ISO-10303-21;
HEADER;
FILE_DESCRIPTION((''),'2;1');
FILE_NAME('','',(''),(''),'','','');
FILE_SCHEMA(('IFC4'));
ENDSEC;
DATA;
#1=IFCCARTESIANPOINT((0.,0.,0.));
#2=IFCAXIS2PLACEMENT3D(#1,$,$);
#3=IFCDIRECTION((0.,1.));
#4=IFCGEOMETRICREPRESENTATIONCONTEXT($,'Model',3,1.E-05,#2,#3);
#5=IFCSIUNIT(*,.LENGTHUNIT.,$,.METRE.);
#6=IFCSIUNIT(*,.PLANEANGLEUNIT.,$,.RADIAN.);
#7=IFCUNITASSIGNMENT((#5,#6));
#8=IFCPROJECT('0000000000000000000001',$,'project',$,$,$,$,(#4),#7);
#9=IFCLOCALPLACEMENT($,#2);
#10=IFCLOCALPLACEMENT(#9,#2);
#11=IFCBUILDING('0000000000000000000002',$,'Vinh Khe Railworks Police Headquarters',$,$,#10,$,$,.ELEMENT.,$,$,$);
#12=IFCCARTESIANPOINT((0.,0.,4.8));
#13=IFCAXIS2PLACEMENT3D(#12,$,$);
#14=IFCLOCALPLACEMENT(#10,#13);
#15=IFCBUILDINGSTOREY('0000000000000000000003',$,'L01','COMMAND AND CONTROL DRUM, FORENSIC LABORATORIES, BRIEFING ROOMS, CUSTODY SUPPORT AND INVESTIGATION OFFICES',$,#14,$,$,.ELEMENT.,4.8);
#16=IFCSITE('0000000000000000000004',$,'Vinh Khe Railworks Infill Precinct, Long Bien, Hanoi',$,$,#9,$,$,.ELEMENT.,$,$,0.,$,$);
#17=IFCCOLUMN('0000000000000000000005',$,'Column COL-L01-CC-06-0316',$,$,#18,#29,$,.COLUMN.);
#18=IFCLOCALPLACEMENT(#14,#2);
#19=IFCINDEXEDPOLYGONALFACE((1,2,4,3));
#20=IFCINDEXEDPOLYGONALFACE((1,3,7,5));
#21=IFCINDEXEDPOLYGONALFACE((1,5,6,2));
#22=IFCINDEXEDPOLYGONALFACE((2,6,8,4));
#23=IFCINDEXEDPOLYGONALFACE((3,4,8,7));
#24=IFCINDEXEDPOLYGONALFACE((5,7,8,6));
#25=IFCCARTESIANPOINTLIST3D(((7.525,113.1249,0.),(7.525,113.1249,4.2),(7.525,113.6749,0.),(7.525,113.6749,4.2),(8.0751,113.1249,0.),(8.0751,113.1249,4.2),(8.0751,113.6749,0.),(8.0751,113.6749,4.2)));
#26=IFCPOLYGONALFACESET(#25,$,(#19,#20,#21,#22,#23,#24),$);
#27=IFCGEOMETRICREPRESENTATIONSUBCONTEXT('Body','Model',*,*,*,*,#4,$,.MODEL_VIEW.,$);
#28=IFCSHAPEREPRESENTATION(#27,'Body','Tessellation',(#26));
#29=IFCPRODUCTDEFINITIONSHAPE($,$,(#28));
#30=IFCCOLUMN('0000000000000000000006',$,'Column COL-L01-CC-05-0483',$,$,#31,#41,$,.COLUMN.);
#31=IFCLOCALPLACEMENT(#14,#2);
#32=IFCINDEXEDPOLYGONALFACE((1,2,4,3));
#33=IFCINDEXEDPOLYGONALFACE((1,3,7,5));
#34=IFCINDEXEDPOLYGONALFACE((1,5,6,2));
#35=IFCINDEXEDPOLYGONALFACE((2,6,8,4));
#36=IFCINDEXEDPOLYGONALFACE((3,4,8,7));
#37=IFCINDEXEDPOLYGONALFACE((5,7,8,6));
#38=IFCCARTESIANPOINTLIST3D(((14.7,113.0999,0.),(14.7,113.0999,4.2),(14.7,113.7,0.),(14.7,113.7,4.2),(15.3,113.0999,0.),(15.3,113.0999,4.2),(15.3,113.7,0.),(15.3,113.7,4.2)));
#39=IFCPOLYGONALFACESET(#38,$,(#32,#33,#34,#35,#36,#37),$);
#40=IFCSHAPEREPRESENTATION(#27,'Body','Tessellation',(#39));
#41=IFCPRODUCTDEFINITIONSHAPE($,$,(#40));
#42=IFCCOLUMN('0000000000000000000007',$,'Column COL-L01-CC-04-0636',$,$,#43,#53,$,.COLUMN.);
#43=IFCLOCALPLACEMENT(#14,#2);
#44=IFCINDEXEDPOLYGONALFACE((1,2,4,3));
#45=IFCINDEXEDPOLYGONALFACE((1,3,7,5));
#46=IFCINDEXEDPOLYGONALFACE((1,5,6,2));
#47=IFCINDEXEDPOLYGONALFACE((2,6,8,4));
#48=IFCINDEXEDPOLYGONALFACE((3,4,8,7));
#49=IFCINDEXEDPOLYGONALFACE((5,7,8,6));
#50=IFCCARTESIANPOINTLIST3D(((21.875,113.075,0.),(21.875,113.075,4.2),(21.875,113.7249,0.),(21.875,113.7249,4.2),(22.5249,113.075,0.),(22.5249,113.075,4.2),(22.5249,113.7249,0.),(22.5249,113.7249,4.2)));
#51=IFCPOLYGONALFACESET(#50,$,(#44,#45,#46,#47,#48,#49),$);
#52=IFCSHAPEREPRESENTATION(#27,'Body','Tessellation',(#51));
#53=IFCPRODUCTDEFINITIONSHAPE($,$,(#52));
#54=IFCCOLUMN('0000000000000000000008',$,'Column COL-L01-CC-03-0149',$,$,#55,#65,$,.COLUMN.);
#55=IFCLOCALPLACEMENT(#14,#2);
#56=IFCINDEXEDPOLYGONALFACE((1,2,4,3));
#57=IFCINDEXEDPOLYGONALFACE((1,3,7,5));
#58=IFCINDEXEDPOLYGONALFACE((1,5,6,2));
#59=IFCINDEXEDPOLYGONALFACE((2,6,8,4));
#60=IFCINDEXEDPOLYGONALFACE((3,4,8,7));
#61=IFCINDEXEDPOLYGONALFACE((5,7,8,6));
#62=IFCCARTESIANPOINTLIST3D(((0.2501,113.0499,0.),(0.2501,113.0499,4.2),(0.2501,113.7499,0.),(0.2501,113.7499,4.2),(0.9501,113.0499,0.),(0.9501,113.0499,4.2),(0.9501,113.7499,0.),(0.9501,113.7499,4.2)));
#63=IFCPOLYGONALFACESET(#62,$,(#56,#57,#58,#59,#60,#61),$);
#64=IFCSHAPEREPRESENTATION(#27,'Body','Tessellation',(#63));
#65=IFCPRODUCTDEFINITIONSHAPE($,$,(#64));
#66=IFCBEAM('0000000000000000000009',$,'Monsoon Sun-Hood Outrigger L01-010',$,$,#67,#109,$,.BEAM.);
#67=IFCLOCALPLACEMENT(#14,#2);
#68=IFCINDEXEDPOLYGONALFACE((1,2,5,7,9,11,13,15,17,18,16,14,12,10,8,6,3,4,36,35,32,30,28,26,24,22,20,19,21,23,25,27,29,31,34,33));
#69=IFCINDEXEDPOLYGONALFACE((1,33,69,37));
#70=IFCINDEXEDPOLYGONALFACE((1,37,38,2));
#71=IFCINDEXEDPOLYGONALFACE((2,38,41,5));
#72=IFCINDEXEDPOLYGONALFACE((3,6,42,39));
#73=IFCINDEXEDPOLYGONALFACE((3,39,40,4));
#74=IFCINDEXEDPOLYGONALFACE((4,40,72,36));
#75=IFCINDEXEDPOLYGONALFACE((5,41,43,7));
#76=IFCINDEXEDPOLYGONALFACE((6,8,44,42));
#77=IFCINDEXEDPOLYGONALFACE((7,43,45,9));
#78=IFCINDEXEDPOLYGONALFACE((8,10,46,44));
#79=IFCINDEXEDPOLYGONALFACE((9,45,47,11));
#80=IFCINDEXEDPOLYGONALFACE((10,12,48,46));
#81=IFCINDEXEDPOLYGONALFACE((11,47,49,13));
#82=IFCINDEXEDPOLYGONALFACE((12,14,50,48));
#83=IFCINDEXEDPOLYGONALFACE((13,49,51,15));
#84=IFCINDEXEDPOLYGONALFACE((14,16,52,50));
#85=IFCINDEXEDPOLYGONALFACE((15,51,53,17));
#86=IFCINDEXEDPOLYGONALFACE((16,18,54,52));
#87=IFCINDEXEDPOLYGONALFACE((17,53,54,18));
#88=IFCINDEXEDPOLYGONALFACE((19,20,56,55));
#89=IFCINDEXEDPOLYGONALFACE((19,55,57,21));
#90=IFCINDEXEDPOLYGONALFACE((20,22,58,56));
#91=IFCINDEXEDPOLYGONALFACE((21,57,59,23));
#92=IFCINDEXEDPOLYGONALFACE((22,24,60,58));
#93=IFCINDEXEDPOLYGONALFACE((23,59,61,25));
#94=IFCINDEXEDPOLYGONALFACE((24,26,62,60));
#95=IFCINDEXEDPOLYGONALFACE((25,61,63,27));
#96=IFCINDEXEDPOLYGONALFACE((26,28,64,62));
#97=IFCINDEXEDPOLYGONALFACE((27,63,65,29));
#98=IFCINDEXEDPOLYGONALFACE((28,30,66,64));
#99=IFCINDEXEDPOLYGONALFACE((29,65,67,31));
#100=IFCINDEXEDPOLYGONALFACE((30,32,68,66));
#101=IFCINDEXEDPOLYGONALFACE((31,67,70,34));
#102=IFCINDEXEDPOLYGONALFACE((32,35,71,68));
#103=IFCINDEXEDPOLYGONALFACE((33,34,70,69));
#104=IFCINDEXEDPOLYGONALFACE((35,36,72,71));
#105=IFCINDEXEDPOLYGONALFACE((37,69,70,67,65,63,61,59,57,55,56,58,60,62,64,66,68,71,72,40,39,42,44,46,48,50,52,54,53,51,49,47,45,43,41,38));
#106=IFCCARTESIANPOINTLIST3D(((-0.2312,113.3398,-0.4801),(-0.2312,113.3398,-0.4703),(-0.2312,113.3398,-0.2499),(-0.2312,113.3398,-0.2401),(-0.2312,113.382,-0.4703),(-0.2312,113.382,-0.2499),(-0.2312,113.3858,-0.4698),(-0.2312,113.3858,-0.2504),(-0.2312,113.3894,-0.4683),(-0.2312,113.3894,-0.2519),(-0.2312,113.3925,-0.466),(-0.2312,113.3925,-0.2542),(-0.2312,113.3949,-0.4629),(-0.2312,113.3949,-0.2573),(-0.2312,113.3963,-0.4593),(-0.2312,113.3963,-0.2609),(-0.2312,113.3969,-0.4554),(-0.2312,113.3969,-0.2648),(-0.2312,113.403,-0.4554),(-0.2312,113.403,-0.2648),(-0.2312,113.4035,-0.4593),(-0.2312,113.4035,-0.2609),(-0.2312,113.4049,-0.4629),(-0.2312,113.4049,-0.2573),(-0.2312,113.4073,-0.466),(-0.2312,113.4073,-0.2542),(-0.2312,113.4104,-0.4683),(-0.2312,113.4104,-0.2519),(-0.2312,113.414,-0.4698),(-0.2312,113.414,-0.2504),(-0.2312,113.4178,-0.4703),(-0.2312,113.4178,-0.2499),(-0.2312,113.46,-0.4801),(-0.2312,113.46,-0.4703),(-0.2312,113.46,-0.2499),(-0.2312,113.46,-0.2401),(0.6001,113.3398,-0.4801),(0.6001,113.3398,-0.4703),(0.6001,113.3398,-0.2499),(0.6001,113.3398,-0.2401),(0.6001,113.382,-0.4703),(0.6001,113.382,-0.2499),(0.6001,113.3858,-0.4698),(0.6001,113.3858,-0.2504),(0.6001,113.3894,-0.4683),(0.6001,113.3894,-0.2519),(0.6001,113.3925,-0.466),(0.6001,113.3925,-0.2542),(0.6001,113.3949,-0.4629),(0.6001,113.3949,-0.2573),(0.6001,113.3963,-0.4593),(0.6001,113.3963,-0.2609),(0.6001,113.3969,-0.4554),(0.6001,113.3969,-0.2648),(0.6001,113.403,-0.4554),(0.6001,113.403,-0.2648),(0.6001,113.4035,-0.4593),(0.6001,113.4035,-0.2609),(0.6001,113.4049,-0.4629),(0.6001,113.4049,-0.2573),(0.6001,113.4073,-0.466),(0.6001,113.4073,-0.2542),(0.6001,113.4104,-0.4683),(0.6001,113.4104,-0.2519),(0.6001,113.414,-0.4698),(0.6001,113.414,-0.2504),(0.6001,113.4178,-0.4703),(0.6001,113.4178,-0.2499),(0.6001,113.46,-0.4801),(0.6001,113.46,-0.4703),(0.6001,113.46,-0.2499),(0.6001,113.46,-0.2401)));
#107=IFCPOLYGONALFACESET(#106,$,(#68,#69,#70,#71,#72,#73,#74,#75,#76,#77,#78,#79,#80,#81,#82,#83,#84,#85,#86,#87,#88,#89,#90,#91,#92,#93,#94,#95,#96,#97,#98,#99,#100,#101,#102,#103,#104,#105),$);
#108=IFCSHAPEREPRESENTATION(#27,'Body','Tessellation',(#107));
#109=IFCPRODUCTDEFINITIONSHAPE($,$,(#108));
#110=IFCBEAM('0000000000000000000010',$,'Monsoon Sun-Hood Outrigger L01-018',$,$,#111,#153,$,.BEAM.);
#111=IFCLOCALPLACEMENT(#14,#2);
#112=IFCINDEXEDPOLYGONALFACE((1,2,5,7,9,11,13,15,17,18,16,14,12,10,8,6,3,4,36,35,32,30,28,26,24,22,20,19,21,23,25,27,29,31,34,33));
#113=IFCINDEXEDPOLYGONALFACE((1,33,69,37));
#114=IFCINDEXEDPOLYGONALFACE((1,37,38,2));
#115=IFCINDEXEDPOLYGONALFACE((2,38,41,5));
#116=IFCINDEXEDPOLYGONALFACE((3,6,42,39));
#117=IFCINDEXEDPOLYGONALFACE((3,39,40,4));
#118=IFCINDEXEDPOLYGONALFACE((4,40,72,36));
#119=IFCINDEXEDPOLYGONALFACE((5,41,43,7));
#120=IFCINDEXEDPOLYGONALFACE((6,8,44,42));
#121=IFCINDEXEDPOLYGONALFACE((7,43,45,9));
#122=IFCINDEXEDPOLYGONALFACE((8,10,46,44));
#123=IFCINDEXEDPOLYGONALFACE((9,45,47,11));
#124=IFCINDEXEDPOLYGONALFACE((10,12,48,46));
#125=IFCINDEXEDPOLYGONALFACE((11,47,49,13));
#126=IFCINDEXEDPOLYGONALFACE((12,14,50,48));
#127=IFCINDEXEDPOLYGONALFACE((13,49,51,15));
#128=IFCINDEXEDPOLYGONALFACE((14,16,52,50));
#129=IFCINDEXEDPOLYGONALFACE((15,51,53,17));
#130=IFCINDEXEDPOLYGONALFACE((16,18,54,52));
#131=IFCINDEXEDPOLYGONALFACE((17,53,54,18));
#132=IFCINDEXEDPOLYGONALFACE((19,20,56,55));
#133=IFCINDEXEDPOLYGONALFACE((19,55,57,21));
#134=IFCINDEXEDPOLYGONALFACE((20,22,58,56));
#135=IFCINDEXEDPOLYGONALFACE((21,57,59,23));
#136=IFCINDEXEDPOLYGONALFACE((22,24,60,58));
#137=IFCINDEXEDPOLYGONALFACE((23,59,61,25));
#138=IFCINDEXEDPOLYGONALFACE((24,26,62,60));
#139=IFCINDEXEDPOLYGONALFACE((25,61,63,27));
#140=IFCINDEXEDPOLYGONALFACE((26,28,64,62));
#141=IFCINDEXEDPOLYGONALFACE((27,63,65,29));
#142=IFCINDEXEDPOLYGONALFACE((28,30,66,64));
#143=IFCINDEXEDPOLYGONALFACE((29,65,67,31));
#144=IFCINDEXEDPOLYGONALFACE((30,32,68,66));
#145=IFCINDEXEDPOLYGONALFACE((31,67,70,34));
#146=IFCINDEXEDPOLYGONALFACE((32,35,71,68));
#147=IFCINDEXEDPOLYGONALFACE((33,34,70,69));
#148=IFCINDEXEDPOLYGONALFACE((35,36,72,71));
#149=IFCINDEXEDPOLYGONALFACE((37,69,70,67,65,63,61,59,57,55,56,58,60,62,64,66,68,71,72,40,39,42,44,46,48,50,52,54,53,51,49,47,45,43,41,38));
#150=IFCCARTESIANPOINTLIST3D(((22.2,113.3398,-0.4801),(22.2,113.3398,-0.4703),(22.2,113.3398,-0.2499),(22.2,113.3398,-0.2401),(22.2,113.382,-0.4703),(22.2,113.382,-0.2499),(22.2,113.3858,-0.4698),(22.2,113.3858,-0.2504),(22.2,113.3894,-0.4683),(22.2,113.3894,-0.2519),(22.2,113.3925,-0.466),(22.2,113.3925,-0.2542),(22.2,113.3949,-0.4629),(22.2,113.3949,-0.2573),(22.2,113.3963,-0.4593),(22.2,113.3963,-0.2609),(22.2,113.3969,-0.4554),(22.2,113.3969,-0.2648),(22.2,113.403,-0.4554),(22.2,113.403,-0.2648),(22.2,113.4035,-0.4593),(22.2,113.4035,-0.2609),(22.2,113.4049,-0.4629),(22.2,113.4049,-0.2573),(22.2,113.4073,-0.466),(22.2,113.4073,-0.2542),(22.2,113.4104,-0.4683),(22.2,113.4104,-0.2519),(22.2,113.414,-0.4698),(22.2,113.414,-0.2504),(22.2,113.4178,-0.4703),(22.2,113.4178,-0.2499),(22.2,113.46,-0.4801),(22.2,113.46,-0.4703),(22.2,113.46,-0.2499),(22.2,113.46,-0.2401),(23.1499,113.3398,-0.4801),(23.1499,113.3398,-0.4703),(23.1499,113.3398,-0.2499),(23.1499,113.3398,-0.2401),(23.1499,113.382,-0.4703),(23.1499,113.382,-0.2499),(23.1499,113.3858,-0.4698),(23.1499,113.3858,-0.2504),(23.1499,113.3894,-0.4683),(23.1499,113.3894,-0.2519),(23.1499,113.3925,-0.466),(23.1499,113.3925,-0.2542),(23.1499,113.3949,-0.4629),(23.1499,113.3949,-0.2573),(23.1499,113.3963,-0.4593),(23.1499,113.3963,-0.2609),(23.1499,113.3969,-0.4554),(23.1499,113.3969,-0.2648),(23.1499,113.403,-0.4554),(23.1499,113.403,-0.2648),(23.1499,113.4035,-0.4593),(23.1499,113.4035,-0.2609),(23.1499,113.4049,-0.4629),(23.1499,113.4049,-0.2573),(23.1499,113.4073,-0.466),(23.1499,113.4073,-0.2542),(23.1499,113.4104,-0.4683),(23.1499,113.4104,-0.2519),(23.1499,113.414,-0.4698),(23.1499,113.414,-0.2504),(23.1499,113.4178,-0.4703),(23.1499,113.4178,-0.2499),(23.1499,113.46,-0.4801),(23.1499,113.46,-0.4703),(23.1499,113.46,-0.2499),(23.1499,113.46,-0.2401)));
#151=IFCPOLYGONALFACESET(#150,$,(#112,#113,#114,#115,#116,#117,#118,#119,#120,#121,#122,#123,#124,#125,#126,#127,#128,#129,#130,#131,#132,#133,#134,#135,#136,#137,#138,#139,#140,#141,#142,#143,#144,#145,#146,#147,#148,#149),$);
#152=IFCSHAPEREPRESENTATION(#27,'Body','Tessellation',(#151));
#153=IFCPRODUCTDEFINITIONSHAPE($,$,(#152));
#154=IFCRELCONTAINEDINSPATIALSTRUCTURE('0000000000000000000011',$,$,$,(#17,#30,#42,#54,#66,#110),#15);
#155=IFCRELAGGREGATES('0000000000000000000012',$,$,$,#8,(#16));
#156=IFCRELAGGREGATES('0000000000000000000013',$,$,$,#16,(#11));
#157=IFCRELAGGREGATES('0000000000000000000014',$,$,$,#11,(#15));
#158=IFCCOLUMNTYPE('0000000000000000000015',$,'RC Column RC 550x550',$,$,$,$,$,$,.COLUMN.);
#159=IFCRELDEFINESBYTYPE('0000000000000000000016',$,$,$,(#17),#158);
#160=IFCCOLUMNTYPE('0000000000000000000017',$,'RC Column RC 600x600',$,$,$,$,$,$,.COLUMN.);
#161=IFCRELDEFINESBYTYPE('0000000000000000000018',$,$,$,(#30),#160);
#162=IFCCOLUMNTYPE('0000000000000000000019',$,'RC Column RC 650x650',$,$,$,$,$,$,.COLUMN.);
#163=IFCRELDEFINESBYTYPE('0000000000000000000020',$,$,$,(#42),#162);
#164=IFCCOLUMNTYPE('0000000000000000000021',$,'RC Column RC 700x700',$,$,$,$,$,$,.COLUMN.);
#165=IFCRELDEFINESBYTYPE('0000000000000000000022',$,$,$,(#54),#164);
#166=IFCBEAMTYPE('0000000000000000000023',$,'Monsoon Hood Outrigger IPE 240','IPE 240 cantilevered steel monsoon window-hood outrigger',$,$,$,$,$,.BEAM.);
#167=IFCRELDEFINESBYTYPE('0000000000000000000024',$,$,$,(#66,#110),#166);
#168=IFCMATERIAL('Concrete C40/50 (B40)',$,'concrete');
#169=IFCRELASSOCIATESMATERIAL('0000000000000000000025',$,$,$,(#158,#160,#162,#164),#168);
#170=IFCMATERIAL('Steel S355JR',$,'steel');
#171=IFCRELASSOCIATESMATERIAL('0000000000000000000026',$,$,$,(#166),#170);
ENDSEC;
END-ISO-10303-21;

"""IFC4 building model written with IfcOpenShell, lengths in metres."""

from ifc_helpers import new_model, si_unit, direction, frame, origin, origin_2d, place, context, subcontext, project, spatial, rectangle, i_section, extrude, material, material_profile, profile_set, type_object, element, save


model = new_model("IFC4")

# Units and contexts
model_context = context("Model", 3, precision=1e-05, world=origin(), true_north=direction((0.0, 1.0)))
body_context = subcontext(model_context, "Body", "Model", "MODEL_VIEW")
ifc_project = project(units=[si_unit("LENGTHUNIT", "METRE"), si_unit("PLANEANGLEUNIT", "RADIAN")], contexts=[model_context])

# Site, building, storey
site_placement = place(None, origin())
site = spatial("IfcSite", under=ifc_project, at=site_placement, Name="Vinh Khe Railworks Infill Precinct, Long Bien, Hanoi", CompositionType="ELEMENT", RefElevation=0.0)
building_placement = place(site_placement, origin())
building = spatial("IfcBuilding", under=site, at=building_placement, Name="Vinh Khe Railworks Police Headquarters", CompositionType="ELEMENT")
storey_placement = place(building_placement, frame((0.0, 0.0, 4.8)))
storey = spatial("IfcBuildingStorey", under=building, at=storey_placement, Name="L01", Description="COMMAND AND CONTROL DRUM, FORENSIC LABORATORIES, BRIEFING ROOMS, CUSTODY SUPPORT AND INVESTIGATION OFFICES", CompositionType="ELEMENT", Elevation=4.8)

# Columns
ifc_material_1 = material(Name="Concrete C40/50 (B40)", Category="concrete")
ifc_material_profile_1 = material_profile(ifc_material_1, rectangle(XDim=0.55, YDim=0.55, at=origin_2d()), Name="RC 550x550")
ifc_profile_set_1 = profile_set([ifc_material_profile_1], Name="Concrete C40/50 (B40)")
column_type_1 = type_object("IfcColumnType", Name="RC Column RC 550x550", PredefinedType="COLUMN", material=ifc_profile_set_1)
column_1_placement = place(storey_placement, frame((7.8, 113.3999, 0.0), z_axis=(0.0, 0.0, 1.0), x_axis=(1.0, 0.0, 0.0)))
element("IfcColumn", 1, at=column_1_placement, inside=storey, type_object=column_type_1, Name="Column COL-L01-CC-06-0316", PredefinedType="COLUMN", context=body_context, shape_type="SweptSolid", body=[
    extrude(rectangle(XDim=0.55, YDim=0.55, at=origin_2d()), origin(), (0.0, 0.0, 1.0), 4.2),
])
ifc_material_profile_2 = material_profile(ifc_material_1, rectangle(XDim=0.6001, YDim=0.6001, at=origin_2d()), Name="RC 600x600")
ifc_profile_set_2 = profile_set([ifc_material_profile_2], Name="Concrete C40/50 (B40)")
column_type_2 = type_object("IfcColumnType", Name="RC Column RC 600x600", PredefinedType="COLUMN", material=ifc_profile_set_2)
column_2_placement = place(storey_placement, frame((15.0, 113.3999, 0.0), z_axis=(0.0, 0.0, 1.0), x_axis=(1.0, 0.0, 0.0)))
element("IfcColumn", 2, at=column_2_placement, inside=storey, type_object=column_type_2, Name="Column COL-L01-CC-05-0483", PredefinedType="COLUMN", context=body_context, shape_type="SweptSolid", body=[
    extrude(rectangle(XDim=0.6001, YDim=0.6001, at=origin_2d()), origin(), (0.0, 0.0, 1.0), 4.2),
])
ifc_material_profile_3 = material_profile(ifc_material_1, rectangle(XDim=0.6499, YDim=0.6499, at=origin_2d()), Name="RC 650x650")
ifc_profile_set_3 = profile_set([ifc_material_profile_3], Name="Concrete C40/50 (B40)")
column_type_3 = type_object("IfcColumnType", Name="RC Column RC 650x650", PredefinedType="COLUMN", material=ifc_profile_set_3)
column_3_placement = place(storey_placement, frame((22.2, 113.3999, 0.0), z_axis=(0.0, 0.0, 1.0), x_axis=(1.0, 0.0, 0.0)))
element("IfcColumn", 3, at=column_3_placement, inside=storey, type_object=column_type_3, Name="Column COL-L01-CC-04-0636", PredefinedType="COLUMN", context=body_context, shape_type="SweptSolid", body=[
    extrude(rectangle(XDim=0.6499, YDim=0.6499, at=origin_2d()), origin(), (0.0, 0.0, 1.0), 4.2),
])
ifc_material_profile_4 = material_profile(ifc_material_1, rectangle(XDim=0.7, YDim=0.7, at=origin_2d()), Name="RC 700x700")
ifc_profile_set_4 = profile_set([ifc_material_profile_4], Name="Concrete C40/50 (B40)")
column_type_4 = type_object("IfcColumnType", Name="RC Column RC 700x700", PredefinedType="COLUMN", material=ifc_profile_set_4)
column_4_placement = place(storey_placement, frame((0.6001, 113.3999, 0.0), z_axis=(0.0, 0.0, 1.0), x_axis=(1.0, 0.0, 0.0)))
element("IfcColumn", 4, at=column_4_placement, inside=storey, type_object=column_type_4, Name="Column COL-L01-CC-03-0149", PredefinedType="COLUMN", context=body_context, shape_type="SweptSolid", body=[
    extrude(rectangle(XDim=0.7, YDim=0.7, at=origin_2d()), origin(), (0.0, 0.0, 1.0), 4.2),
])

# Beams
ifc_material_2 = material(Name="Steel S355JR", Category="steel")
ifc_material_profile_5 = material_profile(ifc_material_2, i_section(OverallWidth=0.1201, OverallDepth=0.24, WebThickness=0.0061, FlangeThickness=0.0098, FilletRadius=0.0149, at=origin_2d()), Name="IPE 240")
ifc_profile_set_5 = profile_set([ifc_material_profile_5], Name="Steel S355JR")
beam_type_1 = type_object("IfcBeamType", Name="Monsoon Hood Outrigger IPE 240", Description="IPE 240 cantilevered steel monsoon window-hood outrigger", PredefinedType="BEAM", material=ifc_profile_set_5)
beam_1_placement = place(storey_placement, frame((-0.2312, 113.3999, -0.3601), z_axis=(1.0, 0.0, 0.0), x_axis=(0.0, 1.0, 0.0)))
element("IfcBeam", 5, at=beam_1_placement, inside=storey, type_object=beam_type_1, Name="Monsoon Sun-Hood Outrigger L01-010", PredefinedType="BEAM", context=body_context, shape_type="SweptSolid", body=[
    extrude(i_section(OverallWidth=0.1201, OverallDepth=0.24, WebThickness=0.0061, FlangeThickness=0.0098, FilletRadius=0.0149, at=origin_2d()), origin(), (0.0, 0.0, 1.0), 0.8313),
])
beam_2_placement = place(storey_placement, frame((22.2, 113.3999, -0.3601), z_axis=(1.0, 0.0, 0.0), x_axis=(0.0, 1.0, 0.0)))
element("IfcBeam", 6, at=beam_2_placement, inside=storey, type_object=beam_type_1, Name="Monsoon Sun-Hood Outrigger L01-018", PredefinedType="BEAM", context=body_context, shape_type="SweptSolid", body=[
    extrude(i_section(OverallWidth=0.1201, OverallDepth=0.24, WebThickness=0.0061, FlangeThickness=0.0098, FilletRadius=0.0149, at=origin_2d()), origin(), (0.0, 0.0, 1.0), 0.95),
])

save(model, "model.ifc")
